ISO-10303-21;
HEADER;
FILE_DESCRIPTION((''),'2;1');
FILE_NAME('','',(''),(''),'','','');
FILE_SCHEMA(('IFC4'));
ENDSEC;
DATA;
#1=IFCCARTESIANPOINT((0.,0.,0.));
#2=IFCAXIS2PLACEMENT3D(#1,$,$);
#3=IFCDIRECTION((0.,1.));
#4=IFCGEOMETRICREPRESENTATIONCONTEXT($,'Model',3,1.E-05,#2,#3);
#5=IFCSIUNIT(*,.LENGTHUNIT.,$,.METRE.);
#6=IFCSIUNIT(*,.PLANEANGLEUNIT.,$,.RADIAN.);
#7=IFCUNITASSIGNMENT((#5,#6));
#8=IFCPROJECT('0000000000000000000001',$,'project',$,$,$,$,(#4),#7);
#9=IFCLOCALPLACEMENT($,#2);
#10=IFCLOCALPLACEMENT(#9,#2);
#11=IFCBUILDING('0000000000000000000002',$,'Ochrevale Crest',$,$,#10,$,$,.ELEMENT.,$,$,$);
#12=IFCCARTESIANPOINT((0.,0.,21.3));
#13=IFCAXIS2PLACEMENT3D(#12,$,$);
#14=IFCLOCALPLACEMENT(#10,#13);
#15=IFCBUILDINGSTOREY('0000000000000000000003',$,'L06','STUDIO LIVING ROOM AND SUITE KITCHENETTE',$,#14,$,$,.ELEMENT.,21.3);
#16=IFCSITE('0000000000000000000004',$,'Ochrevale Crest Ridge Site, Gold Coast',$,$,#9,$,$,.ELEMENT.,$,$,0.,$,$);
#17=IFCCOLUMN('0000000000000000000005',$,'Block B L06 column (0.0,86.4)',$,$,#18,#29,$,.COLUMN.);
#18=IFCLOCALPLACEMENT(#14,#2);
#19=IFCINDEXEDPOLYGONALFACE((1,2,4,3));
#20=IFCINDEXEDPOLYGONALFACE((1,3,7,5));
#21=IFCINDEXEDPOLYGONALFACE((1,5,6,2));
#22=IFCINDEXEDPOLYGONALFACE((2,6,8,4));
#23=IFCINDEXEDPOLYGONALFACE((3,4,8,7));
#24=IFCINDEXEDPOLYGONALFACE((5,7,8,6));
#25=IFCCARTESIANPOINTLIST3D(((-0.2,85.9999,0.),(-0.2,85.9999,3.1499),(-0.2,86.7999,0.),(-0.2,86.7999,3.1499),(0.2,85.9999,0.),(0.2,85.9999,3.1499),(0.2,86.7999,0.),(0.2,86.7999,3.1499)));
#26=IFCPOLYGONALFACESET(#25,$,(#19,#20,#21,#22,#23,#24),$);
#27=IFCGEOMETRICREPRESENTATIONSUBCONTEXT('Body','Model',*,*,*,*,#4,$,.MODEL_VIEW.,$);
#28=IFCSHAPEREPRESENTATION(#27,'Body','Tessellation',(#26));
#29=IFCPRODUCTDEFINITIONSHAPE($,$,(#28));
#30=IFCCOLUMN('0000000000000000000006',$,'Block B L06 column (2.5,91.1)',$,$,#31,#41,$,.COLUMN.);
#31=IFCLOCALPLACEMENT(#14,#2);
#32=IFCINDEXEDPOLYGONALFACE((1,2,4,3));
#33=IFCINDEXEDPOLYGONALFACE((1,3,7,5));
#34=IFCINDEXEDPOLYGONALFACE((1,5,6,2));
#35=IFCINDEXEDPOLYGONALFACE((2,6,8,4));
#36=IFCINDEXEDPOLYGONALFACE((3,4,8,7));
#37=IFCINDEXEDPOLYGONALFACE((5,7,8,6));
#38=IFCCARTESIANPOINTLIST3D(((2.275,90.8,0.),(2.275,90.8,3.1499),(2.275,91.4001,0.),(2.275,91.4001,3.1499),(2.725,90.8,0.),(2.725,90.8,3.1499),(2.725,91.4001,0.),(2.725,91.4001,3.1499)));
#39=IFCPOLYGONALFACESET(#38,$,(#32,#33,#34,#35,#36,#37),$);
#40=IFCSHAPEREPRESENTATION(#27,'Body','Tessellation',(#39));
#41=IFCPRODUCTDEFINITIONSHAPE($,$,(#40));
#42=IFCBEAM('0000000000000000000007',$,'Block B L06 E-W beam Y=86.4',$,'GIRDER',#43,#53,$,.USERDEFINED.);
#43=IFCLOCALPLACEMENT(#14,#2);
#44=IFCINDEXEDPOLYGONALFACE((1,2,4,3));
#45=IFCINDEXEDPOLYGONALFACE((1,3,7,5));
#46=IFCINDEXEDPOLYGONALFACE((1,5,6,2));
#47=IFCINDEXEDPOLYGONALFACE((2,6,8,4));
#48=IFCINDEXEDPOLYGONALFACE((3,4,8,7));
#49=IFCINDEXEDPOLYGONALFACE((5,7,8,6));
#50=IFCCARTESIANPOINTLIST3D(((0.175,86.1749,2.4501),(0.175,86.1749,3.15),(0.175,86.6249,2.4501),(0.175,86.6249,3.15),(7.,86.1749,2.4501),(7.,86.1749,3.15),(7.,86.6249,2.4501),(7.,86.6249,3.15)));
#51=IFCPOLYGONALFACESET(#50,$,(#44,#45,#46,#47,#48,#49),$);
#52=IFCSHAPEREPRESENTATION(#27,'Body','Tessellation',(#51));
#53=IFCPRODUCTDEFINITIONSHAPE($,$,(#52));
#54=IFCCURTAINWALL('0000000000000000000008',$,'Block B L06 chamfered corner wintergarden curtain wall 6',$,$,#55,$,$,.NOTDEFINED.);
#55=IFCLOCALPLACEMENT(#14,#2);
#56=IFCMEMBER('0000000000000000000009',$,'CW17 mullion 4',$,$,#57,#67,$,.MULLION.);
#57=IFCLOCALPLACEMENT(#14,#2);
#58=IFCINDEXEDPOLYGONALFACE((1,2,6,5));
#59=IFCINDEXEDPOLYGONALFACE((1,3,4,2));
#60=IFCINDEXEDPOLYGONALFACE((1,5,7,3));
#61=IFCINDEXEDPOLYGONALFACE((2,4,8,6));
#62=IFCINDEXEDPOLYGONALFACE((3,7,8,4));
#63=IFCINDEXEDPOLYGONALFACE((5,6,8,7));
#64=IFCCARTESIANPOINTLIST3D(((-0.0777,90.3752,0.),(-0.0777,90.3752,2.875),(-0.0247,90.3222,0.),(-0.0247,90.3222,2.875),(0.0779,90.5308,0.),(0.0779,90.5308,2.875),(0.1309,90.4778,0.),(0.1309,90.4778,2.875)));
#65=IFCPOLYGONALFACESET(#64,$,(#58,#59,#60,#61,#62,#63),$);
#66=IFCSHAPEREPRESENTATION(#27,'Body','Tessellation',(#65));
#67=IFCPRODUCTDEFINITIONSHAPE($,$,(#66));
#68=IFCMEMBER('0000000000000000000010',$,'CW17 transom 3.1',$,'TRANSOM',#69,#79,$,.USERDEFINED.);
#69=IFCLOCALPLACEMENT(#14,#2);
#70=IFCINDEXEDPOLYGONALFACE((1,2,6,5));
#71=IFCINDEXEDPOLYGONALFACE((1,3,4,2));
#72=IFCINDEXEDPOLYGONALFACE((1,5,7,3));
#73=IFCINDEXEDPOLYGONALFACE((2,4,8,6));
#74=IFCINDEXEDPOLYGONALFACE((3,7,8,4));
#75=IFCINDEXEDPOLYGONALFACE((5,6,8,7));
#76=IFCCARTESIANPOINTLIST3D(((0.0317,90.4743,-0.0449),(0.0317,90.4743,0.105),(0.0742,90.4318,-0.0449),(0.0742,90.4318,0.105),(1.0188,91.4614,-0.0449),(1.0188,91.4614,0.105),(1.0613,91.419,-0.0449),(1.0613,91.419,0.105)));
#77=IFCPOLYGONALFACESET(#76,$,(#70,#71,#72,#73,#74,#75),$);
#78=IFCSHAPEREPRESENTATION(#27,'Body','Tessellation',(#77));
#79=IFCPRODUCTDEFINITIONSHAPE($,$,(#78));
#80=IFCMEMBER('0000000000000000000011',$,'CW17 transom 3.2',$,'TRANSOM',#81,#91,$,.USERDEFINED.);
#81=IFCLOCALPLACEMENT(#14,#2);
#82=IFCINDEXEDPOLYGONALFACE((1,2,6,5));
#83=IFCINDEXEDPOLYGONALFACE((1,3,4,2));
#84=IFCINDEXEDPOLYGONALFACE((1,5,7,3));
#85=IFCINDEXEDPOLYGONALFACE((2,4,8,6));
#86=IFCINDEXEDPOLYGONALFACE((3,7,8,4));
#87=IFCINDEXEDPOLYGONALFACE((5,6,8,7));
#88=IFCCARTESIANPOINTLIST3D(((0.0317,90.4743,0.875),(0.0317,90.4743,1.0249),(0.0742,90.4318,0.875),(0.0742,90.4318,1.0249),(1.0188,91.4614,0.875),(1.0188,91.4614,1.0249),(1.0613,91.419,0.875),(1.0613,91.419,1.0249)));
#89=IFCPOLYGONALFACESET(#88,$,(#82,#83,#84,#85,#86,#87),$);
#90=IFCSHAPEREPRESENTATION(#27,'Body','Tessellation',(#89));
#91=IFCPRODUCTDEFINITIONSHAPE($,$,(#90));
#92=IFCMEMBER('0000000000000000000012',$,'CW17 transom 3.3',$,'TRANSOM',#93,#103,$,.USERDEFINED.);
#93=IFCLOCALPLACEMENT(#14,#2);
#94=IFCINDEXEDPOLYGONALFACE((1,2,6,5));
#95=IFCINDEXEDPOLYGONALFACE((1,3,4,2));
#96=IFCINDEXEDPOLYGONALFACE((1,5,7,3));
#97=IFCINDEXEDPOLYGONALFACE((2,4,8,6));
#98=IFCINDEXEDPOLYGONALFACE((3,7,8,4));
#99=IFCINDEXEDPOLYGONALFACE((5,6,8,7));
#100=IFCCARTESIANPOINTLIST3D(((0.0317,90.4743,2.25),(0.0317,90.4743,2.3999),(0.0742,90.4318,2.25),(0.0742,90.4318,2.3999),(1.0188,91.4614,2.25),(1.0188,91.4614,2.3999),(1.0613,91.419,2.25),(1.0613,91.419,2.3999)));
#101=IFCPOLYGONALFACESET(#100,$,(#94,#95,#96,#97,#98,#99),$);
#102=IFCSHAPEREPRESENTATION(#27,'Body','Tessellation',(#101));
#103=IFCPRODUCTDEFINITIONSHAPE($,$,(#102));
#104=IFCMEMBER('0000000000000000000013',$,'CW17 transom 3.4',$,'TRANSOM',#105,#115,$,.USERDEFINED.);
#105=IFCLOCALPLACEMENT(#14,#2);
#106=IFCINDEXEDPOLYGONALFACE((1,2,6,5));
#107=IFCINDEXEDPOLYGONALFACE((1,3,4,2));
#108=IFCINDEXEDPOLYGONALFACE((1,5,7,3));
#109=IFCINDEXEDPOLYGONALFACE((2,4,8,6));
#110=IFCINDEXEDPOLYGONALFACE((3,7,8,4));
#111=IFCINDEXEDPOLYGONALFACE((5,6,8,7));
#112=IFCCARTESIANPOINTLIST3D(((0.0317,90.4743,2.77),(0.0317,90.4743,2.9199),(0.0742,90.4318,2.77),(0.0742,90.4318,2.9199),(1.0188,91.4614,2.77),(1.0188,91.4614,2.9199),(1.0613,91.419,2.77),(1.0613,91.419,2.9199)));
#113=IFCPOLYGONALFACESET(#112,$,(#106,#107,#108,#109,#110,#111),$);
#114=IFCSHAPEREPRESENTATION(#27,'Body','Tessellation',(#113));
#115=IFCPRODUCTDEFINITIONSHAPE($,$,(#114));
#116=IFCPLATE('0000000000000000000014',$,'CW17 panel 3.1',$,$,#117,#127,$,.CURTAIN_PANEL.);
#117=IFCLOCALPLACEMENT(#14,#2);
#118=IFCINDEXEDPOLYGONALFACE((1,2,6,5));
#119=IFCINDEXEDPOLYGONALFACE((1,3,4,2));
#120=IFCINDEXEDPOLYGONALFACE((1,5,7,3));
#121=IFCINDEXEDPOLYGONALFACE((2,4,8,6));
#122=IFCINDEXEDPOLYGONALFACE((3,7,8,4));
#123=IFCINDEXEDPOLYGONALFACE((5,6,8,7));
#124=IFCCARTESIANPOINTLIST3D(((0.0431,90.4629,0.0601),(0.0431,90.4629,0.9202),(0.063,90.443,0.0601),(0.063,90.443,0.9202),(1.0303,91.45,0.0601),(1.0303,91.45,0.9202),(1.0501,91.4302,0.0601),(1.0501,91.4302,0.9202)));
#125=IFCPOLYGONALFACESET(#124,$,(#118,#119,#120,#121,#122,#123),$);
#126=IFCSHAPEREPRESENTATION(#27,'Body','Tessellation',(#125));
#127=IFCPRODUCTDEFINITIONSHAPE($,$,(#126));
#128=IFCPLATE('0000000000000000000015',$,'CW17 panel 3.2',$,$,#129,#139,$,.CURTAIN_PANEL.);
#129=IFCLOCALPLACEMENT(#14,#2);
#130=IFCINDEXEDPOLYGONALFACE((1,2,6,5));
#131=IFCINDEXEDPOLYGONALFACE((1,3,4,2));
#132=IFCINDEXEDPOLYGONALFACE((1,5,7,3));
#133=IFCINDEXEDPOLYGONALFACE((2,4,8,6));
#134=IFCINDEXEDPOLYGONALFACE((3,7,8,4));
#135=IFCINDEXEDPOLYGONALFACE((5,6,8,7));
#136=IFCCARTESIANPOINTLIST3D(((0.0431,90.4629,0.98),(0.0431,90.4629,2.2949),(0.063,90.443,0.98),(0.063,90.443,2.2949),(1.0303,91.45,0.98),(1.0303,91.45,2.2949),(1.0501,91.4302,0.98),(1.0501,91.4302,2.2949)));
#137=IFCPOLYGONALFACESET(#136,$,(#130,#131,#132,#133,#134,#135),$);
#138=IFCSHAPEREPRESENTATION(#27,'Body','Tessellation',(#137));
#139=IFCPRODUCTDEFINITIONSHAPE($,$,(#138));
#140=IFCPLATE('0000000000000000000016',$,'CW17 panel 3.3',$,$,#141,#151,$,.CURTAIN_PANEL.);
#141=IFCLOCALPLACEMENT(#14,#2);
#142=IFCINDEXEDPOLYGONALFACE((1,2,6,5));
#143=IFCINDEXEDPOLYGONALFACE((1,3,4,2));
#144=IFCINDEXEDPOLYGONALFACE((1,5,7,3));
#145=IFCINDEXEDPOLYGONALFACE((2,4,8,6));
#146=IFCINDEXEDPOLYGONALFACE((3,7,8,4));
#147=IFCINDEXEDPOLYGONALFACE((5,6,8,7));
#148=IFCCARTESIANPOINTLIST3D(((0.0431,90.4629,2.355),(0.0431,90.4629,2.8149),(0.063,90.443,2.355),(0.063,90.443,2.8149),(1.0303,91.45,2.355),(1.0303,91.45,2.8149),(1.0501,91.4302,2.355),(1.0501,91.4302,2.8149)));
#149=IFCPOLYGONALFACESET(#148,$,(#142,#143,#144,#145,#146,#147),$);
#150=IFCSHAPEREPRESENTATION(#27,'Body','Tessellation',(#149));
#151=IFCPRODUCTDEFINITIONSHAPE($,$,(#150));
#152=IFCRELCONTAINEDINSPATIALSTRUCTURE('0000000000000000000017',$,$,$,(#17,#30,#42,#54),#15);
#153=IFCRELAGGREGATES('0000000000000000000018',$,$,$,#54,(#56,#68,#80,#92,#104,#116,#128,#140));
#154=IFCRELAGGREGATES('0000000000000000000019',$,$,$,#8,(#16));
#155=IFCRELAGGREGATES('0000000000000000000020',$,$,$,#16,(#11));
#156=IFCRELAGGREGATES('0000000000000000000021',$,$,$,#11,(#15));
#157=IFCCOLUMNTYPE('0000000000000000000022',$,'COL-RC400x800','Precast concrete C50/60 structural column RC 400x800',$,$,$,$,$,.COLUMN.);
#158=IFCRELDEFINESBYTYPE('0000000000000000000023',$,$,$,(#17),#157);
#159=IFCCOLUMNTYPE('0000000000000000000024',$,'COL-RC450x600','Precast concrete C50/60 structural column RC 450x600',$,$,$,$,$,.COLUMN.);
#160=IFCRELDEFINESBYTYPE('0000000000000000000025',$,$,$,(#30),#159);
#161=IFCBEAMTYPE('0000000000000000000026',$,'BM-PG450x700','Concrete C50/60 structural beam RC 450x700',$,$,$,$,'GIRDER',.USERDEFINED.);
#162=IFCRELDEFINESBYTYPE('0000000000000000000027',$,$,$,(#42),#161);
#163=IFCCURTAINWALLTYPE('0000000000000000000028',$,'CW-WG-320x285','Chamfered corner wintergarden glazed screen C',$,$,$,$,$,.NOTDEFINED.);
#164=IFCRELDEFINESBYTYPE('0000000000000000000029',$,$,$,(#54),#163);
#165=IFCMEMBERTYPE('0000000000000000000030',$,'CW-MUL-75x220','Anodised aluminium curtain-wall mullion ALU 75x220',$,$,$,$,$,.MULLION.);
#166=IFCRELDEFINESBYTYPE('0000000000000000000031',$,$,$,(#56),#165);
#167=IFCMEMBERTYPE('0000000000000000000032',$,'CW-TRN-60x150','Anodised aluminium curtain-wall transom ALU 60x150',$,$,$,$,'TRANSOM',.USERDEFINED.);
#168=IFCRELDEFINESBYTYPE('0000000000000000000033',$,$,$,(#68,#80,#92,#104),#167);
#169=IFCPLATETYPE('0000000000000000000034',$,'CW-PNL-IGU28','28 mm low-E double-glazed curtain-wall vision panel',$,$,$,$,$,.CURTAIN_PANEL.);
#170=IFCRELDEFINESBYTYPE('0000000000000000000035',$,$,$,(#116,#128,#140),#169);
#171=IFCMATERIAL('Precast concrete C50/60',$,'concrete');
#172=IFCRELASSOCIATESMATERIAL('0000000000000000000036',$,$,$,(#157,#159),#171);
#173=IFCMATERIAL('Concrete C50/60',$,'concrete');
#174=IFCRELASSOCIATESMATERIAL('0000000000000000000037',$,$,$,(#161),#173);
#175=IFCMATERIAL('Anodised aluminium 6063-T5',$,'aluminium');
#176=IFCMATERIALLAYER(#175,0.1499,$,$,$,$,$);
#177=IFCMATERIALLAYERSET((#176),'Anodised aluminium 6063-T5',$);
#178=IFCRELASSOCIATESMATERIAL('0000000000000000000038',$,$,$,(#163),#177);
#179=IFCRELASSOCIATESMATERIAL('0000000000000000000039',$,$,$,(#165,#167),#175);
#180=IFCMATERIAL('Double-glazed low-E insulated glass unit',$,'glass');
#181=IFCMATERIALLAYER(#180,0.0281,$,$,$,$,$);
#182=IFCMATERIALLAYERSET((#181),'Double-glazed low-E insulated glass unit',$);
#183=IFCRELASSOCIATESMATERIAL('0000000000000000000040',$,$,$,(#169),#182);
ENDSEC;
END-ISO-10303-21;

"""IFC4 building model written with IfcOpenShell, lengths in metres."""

from ifc_helpers import new_model, si_unit, direction, frame, origin, origin_2d, place, context, subcontext, project, spatial, rectangle, extrude, material, layer, layer_set, material_profile, profile_set, type_object, element, aggregate, save


model = new_model("IFC4")

# Units and contexts
model_context = context("Model", 3, precision=1e-05, world=origin(), true_north=direction((0.0, 1.0)))
body_context = subcontext(model_context, "Body", "Model", "MODEL_VIEW")
ifc_project = project(units=[si_unit("LENGTHUNIT", "METRE"), si_unit("PLANEANGLEUNIT", "RADIAN")], contexts=[model_context])

# Site, building, storey
site_placement = place(None, origin())
site = spatial("IfcSite", under=ifc_project, at=site_placement, Name="Ochrevale Crest Ridge Site, Gold Coast", CompositionType="ELEMENT", RefElevation=0.0)
building_placement = place(site_placement, origin())
building = spatial("IfcBuilding", under=site, at=building_placement, Name="Ochrevale Crest", CompositionType="ELEMENT")
storey_placement = place(building_placement, frame((0.0, 0.0, 21.3)))
storey = spatial("IfcBuildingStorey", under=building, at=storey_placement, Name="L06", Description="STUDIO LIVING ROOM AND SUITE KITCHENETTE", CompositionType="ELEMENT", Elevation=21.3)

# Columns
ifc_material_1 = material(Name="Precast concrete C50/60", Category="concrete")
ifc_material_profile_1 = material_profile(ifc_material_1, rectangle(XDim=0.3999, YDim=0.8, at=origin_2d()), Name="RC 400x800")
ifc_profile_set_1 = profile_set([ifc_material_profile_1], Name="Precast concrete C50/60")
column_type_1 = type_object("IfcColumnType", Name="COL-RC400x800", Description="Precast concrete C50/60 structural column RC 400x800", PredefinedType="COLUMN", material=ifc_profile_set_1)
column_1_placement = place(storey_placement, frame((0.0, 86.3999, 0.0), z_axis=(0.0, 0.0, 1.0), x_axis=(1.0, 0.0, 0.0)))
element("IfcColumn", 1, at=column_1_placement, inside=storey, type_object=column_type_1, Name="Block B L06 column (0.0,86.4)", PredefinedType="COLUMN", context=body_context, shape_type="SweptSolid", body=[
    extrude(rectangle(XDim=0.3999, YDim=0.8, at=origin_2d()), origin(), (0.0, 0.0, 1.0), 3.1499),
])
ifc_material_profile_2 = material_profile(ifc_material_1, rectangle(XDim=0.45, YDim=0.6001, at=origin_2d()), Name="RC 450x600")
ifc_profile_set_2 = profile_set([ifc_material_profile_2], Name="Precast concrete C50/60")
column_type_2 = type_object("IfcColumnType", Name="COL-RC450x600", Description="Precast concrete C50/60 structural column RC 450x600", PredefinedType="COLUMN", material=ifc_profile_set_2)
column_2_placement = place(storey_placement, frame((2.5, 91.1001, 0.0), z_axis=(0.0, 0.0, 1.0), x_axis=(1.0, 0.0, 0.0)))
element("IfcColumn", 2, at=column_2_placement, inside=storey, type_object=column_type_2, Name="Block B L06 column (2.5,91.1)", PredefinedType="COLUMN", context=body_context, shape_type="SweptSolid", body=[
    extrude(rectangle(XDim=0.45, YDim=0.6001, at=origin_2d()), origin(), (0.0, 0.0, 1.0), 3.1499),
])

# Beam
ifc_material_2 = material(Name="Concrete C50/60", Category="concrete")
ifc_material_profile_3 = material_profile(ifc_material_2, rectangle(XDim=0.45, YDim=0.7, at=origin_2d()), Name="RC 450x700")
ifc_profile_set_3 = profile_set([ifc_material_profile_3], Name="Concrete C50/60")
beam_type = type_object("IfcBeamType", Name="BM-PG450x700", Description="Concrete C50/60 structural beam RC 450x700", ElementType="GIRDER", PredefinedType="USERDEFINED", material=ifc_profile_set_3)
beam_placement = place(storey_placement, frame((0.175, 86.3999, 2.8), z_axis=(1.0, 0.0, 0.0), x_axis=(0.0, 1.0, 0.0)))
element("IfcBeam", 3, at=beam_placement, inside=storey, type_object=beam_type, Name="Block B L06 E-W beam Y=86.4", ObjectType="GIRDER", PredefinedType="USERDEFINED", context=body_context, shape_type="SweptSolid", body=[
    extrude(rectangle(XDim=0.45, YDim=0.7, at=origin_2d()), origin(), (0.0, 0.0, 1.0), 6.825),
])

# Curtain wall, members, plates
ifc_material_3 = material(Name="Anodised aluminium 6063-T5", Category="aluminium")
ifc_layer_1 = layer(ifc_material_3, 0.1499)
ifc_layer_set_1 = layer_set([ifc_layer_1], Name="Anodised aluminium 6063-T5")
curtain_wall_type = type_object("IfcCurtainWallType", Name="CW-WG-320x285", Description="Chamfered corner wintergarden glazed screen C", PredefinedType="NOTDEFINED", material=ifc_layer_set_1)
curtain_wall_placement = place(storey_placement, origin())
curtain_wall = element("IfcCurtainWall", 4, at=curtain_wall_placement, inside=storey, type_object=curtain_wall_type, Name="Block B L06 chamfered corner wintergarden curtain wall 6", PredefinedType="NOTDEFINED")
ifc_material_profile_4 = material_profile(ifc_material_3, rectangle(XDim=0.075, YDim=0.22, at=origin_2d()), Name="ALU 75x220")
ifc_profile_set_4 = profile_set([ifc_material_profile_4], Name="Anodised aluminium 6063-T5")
member_type_1 = type_object("IfcMemberType", Name="CW-MUL-75x220", Description="Anodised aluminium curtain-wall mullion ALU 75x220", PredefinedType="MULLION", material=ifc_profile_set_4)
member_1_placement = place(storey_placement, frame((0.0266, 90.4265, 0.0), z_axis=(0.0, 0.0, 1.0), x_axis=(0.707107, -0.707107, 0.0)))
member_1 = element("IfcMember", 5, at=member_1_placement, type_object=member_type_1, Name="CW17 mullion 4", PredefinedType="MULLION", context=body_context, shape_type="SweptSolid", body=[
    extrude(rectangle(XDim=0.075, YDim=0.22, at=origin_2d()), origin(), (0.0, 0.0, 1.0), 2.875),
])
ifc_material_profile_5 = material_profile(ifc_material_3, rectangle(XDim=0.0601, YDim=0.1499, at=origin_2d()), Name="ALU 60x150")
ifc_profile_set_5 = profile_set([ifc_material_profile_5], Name="Anodised aluminium 6063-T5")
member_type_2 = type_object("IfcMemberType", Name="CW-TRN-60x150", Description="Anodised aluminium curtain-wall transom ALU 60x150", ElementType="TRANSOM", PredefinedType="USERDEFINED", material=ifc_profile_set_5)
member_2_placement = place(storey_placement, frame((1.04, 91.4402, 0.03), z_axis=(-0.707107, -0.707107, 0.0), x_axis=(0.707107, -0.707107, 0.0)))
member_2 = element("IfcMember", 6, at=member_2_placement, type_object=member_type_2, Name="CW17 transom 3.1", ObjectType="TRANSOM", PredefinedType="USERDEFINED", context=body_context, shape_type="SweptSolid", body=[
    extrude(rectangle(XDim=0.0601, YDim=0.1499, at=origin_2d()), origin(), (0.0, 0.0, 1.0), 1.396),
])
member_3_placement = place(storey_placement, frame((1.04, 91.4402, 0.95), z_axis=(-0.707107, -0.707107, 0.0), x_axis=(0.707107, -0.707107, 0.0)))
member_3 = element("IfcMember", 7, at=member_3_placement, type_object=member_type_2, Name="CW17 transom 3.2", ObjectType="TRANSOM", PredefinedType="USERDEFINED", context=body_context, shape_type="SweptSolid", body=[
    extrude(rectangle(XDim=0.0601, YDim=0.1499, at=origin_2d()), origin(), (0.0, 0.0, 1.0), 1.396),
])
member_4_placement = place(storey_placement, frame((1.04, 91.4402, 2.325), z_axis=(-0.707107, -0.707107, 0.0), x_axis=(0.707107, -0.707107, 0.0)))
member_4 = element("IfcMember", 8, at=member_4_placement, type_object=member_type_2, Name="CW17 transom 3.3", ObjectType="TRANSOM", PredefinedType="USERDEFINED", context=body_context, shape_type="SweptSolid", body=[
    extrude(rectangle(XDim=0.0601, YDim=0.1499, at=origin_2d()), origin(), (0.0, 0.0, 1.0), 1.396),
])
member_5_placement = place(storey_placement, frame((1.04, 91.4402, 2.845), z_axis=(-0.707107, -0.707107, 0.0), x_axis=(0.707107, -0.707107, 0.0)))
member_5 = element("IfcMember", 9, at=member_5_placement, type_object=member_type_2, Name="CW17 transom 3.4", ObjectType="TRANSOM", PredefinedType="USERDEFINED", context=body_context, shape_type="SweptSolid", body=[
    extrude(rectangle(XDim=0.0601, YDim=0.1499, at=origin_2d()), origin(), (0.0, 0.0, 1.0), 1.396),
])
ifc_material_4 = material(Name="Double-glazed low-E insulated glass unit", Category="glass")
ifc_layer_2 = layer(ifc_material_4, 0.0281)
ifc_layer_set_2 = layer_set([ifc_layer_2], Name="Double-glazed low-E insulated glass unit")
plate_type = type_object("IfcPlateType", Name="CW-PNL-IGU28", Description="28 mm low-E double-glazed curtain-wall vision panel", PredefinedType="CURTAIN_PANEL", material=ifc_layer_set_2)
plate_1_placement = place(storey_placement, frame((0.5466, 90.9465, 0.0601), z_axis=(0.0, 0.0, 1.0), x_axis=(-0.707107, -0.707107, 0.0)))
plate_1 = element("IfcPlate", 10, at=plate_1_placement, type_object=plate_type, Name="CW17 panel 3.1", PredefinedType="CURTAIN_PANEL", context=body_context, shape_type="SweptSolid", body=[
    extrude(rectangle(XDim=1.396, YDim=0.0281, at=origin_2d()), origin(), (0.0, 0.0, 1.0), 0.8601),
])
plate_2_placement = place(storey_placement, frame((0.5466, 90.9465, 0.98), z_axis=(0.0, 0.0, 1.0), x_axis=(-0.707107, -0.707107, 0.0)))
plate_2 = element("IfcPlate", 11, at=plate_2_placement, type_object=plate_type, Name="CW17 panel 3.2", PredefinedType="CURTAIN_PANEL", context=body_context, shape_type="SweptSolid", body=[
    extrude(rectangle(XDim=1.396, YDim=0.0281, at=origin_2d()), origin(), (0.0, 0.0, 1.0), 1.3149),
])
plate_3_placement = place(storey_placement, frame((0.5466, 90.9465, 2.355), z_axis=(0.0, 0.0, 1.0), x_axis=(-0.707107, -0.707107, 0.0)))
plate_3 = element("IfcPlate", 12, at=plate_3_placement, type_object=plate_type, Name="CW17 panel 3.3", PredefinedType="CURTAIN_PANEL", context=body_context, shape_type="SweptSolid", body=[
    extrude(rectangle(XDim=1.396, YDim=0.0281, at=origin_2d()), origin(), (0.0, 0.0, 1.0), 0.46),
])
aggregate(curtain_wall, [member_1, member_2, member_3, member_4, member_5, plate_1, plate_2, plate_3])

save(model, "model.ifc")
